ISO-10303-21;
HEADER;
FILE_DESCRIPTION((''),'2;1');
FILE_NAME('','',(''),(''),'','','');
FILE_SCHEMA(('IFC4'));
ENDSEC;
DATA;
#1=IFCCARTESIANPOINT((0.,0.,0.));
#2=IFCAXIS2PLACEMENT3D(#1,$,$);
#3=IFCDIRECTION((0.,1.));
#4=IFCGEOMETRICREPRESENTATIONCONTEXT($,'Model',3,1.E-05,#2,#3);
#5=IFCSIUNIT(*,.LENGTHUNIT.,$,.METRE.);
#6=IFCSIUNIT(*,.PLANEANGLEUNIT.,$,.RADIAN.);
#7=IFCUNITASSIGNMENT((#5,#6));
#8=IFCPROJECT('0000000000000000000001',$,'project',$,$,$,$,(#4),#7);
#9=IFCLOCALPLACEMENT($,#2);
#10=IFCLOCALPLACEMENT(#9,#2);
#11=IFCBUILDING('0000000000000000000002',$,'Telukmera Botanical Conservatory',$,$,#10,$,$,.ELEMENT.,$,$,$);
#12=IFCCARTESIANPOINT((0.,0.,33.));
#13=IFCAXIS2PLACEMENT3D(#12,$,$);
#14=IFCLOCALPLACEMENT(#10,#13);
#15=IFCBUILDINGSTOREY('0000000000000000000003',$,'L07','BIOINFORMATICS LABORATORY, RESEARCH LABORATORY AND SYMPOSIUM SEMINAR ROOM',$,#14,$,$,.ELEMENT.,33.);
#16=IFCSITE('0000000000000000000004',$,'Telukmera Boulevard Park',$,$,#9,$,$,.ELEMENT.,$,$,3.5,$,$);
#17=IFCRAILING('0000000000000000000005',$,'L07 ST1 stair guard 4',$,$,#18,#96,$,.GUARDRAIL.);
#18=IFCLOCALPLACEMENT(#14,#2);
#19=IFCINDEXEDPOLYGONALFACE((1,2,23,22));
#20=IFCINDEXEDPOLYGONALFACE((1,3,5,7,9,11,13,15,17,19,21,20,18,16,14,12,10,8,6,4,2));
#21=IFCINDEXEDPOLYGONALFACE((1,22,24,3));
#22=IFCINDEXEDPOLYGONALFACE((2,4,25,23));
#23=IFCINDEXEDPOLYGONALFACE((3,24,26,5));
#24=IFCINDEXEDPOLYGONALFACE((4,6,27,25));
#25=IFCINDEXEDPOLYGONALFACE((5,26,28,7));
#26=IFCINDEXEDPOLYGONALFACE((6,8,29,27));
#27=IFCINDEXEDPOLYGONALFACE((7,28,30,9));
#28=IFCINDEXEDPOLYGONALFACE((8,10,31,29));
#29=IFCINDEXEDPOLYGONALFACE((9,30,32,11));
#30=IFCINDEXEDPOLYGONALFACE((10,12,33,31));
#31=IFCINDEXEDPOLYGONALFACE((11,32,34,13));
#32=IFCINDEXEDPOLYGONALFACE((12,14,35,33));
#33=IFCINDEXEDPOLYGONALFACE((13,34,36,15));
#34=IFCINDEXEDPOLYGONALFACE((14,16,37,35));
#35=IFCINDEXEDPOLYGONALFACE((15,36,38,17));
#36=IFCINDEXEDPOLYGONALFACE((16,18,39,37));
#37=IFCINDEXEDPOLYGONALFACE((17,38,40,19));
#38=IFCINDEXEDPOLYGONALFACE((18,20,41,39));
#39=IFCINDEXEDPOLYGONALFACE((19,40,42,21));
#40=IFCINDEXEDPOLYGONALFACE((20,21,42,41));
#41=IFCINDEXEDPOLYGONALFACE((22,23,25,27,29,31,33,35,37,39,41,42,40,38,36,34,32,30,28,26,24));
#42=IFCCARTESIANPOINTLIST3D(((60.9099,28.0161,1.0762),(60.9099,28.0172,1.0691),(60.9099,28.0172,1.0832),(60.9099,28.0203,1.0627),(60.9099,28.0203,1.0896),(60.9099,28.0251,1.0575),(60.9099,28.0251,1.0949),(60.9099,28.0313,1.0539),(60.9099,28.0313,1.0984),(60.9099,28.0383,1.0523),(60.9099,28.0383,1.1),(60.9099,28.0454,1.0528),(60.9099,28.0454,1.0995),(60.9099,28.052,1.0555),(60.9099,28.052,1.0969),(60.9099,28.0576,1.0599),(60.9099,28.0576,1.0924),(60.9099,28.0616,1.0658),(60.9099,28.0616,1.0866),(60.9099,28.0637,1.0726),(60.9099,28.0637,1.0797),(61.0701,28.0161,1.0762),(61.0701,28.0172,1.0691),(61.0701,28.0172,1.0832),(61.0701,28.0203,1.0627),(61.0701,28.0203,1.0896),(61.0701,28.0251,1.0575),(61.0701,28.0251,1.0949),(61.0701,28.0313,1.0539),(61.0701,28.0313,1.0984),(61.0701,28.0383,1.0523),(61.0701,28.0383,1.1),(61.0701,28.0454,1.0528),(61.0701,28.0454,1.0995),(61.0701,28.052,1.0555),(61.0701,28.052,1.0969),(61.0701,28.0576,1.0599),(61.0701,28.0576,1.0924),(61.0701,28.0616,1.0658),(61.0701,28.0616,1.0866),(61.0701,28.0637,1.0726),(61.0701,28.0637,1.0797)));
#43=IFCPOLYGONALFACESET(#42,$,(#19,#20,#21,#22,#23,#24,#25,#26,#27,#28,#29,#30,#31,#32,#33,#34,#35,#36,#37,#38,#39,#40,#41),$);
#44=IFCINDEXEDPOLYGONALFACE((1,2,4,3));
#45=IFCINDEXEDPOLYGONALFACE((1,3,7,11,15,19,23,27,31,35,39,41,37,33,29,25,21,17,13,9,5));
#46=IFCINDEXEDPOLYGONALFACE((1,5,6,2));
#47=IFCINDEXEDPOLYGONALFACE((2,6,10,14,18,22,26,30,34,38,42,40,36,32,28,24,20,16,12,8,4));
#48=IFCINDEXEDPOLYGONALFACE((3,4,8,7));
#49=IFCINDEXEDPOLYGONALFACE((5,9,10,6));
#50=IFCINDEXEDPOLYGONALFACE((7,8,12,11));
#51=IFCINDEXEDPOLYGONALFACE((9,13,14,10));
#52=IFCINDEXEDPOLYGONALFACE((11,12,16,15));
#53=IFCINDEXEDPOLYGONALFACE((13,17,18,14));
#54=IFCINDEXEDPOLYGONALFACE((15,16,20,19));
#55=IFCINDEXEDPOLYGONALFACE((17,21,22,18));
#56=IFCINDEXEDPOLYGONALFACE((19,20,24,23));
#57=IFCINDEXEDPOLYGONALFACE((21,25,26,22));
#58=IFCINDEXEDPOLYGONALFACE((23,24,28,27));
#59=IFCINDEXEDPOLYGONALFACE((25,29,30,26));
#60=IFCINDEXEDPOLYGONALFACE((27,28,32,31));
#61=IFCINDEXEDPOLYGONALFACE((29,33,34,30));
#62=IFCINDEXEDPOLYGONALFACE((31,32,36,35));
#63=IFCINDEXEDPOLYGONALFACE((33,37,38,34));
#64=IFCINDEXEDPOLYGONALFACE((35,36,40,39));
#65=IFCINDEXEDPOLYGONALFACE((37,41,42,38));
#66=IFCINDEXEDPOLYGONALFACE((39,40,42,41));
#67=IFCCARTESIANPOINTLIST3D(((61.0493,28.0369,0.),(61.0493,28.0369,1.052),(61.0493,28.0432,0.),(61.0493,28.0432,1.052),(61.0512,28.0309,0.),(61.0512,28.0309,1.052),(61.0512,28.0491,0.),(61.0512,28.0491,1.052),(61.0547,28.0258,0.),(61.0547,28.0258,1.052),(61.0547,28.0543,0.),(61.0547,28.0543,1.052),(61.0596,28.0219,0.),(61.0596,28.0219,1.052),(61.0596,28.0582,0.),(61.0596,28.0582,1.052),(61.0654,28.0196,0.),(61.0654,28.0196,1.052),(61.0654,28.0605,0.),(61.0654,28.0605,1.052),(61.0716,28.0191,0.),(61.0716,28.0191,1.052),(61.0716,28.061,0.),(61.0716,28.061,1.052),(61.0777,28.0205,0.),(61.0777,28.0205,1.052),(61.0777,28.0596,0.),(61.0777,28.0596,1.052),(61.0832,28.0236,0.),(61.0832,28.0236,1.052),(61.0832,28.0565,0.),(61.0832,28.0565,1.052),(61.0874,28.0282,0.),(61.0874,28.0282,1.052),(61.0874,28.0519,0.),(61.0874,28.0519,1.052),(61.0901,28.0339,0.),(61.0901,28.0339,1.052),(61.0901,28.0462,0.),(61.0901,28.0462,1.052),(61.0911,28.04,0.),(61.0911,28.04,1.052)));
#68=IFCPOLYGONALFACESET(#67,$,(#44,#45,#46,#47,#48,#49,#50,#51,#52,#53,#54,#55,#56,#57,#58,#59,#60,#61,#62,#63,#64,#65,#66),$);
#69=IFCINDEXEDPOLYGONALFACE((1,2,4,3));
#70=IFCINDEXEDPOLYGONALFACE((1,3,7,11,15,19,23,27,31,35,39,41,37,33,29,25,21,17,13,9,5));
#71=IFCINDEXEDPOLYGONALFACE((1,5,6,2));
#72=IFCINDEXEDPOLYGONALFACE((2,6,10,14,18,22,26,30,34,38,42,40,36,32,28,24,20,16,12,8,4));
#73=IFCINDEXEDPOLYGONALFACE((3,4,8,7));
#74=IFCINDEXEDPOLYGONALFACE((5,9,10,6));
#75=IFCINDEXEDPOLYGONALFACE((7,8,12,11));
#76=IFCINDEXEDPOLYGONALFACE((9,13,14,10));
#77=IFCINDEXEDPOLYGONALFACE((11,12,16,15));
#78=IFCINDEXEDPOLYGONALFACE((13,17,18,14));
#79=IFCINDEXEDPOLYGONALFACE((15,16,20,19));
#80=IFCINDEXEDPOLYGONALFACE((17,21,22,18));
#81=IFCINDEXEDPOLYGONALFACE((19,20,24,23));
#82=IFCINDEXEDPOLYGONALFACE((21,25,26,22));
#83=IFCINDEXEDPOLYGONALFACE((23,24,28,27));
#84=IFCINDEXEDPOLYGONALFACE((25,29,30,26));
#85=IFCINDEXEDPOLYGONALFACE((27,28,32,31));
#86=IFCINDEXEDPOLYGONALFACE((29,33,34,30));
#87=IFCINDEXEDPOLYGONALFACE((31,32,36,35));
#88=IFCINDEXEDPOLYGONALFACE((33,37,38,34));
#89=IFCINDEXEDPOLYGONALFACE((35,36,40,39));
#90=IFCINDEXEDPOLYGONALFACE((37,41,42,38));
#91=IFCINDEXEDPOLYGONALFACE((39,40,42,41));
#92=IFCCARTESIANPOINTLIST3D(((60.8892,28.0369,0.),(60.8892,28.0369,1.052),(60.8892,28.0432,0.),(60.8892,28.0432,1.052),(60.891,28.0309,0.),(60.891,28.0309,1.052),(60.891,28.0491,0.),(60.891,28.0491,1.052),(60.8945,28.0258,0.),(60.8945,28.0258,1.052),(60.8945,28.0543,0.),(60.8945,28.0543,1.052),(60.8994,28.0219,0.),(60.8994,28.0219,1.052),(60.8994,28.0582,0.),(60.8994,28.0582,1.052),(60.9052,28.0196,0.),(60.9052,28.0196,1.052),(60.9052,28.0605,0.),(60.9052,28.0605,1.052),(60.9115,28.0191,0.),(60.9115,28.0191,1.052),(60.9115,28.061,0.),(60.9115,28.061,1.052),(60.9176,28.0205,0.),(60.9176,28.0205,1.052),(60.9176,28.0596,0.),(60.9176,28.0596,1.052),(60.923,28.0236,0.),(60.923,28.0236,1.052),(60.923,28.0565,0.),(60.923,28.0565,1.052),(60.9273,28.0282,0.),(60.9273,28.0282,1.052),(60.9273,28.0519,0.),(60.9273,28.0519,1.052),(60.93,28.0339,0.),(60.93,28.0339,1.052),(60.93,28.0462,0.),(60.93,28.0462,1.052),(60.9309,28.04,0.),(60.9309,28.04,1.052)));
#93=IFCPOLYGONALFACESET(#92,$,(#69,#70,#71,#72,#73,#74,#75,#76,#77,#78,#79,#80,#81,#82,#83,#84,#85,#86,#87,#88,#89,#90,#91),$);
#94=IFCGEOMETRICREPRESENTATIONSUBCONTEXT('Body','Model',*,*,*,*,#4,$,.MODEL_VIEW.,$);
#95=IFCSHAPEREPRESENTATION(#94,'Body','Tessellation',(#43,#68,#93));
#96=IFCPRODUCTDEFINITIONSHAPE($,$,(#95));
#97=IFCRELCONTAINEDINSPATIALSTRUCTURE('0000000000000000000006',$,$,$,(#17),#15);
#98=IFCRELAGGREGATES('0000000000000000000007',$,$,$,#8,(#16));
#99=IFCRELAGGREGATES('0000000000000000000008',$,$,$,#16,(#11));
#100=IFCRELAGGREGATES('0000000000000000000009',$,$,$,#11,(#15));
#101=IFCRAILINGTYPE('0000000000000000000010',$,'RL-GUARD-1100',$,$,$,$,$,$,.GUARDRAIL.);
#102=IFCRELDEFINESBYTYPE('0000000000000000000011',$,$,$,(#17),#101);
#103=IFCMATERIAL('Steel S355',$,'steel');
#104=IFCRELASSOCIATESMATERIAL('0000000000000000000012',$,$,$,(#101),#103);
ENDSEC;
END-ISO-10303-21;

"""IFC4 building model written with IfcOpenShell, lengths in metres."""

from ifc_helpers import new_model, si_unit, direction, frame, origin, origin_2d, place, context, subcontext, project, spatial, circle, extrude, material, type_object, element, save


model = new_model("IFC4")

# Units and contexts
model_context = context("Model", 3, precision=1e-05, world=origin(), true_north=direction((0.0, 1.0)))
body_context = subcontext(model_context, "Body", "Model", "MODEL_VIEW")
ifc_project = project(units=[si_unit("LENGTHUNIT", "METRE"), si_unit("PLANEANGLEUNIT", "RADIAN")], contexts=[model_context])

# Site, building, storey
site_placement = place(None, origin())
site = spatial("IfcSite", under=ifc_project, at=site_placement, Name="Telukmera Boulevard Park", CompositionType="ELEMENT", RefElevation=3.5)
building_placement = place(site_placement, origin())
building = spatial("IfcBuilding", under=site, at=building_placement, Name="Telukmera Botanical Conservatory", CompositionType="ELEMENT")
storey_placement = place(building_placement, frame((0.0, 0.0, 33.0)))
storey = spatial("IfcBuildingStorey", under=building, at=storey_placement, Name="L07", Description="BIOINFORMATICS LABORATORY, RESEARCH LABORATORY AND SYMPOSIUM SEMINAR ROOM", CompositionType="ELEMENT", Elevation=33.0)

# Railing
ifc_material_1 = material(Name="Steel S355", Category="steel")
railing_type_1 = type_object("IfcRailingType", Name="RL-GUARD-1100", PredefinedType="GUARDRAIL", material=ifc_material_1)
railing_1_placement = place(storey_placement, frame((61.0701, 28.04, 0.0)))
element("IfcRailing", 1, at=railing_1_placement, inside=storey, type_object=railing_type_1, Name="L07 ST1 stair guard 4", PredefinedType="GUARDRAIL", context=body_context, shape_type="SweptSolid", body=[
    extrude(circle(Radius=0.0239, at=origin_2d()), frame((0.0, 0.0, 1.0762), z_axis=(-1.0, 0.0, 0.0), x_axis=(0.0, -1.0, 0.0)), (0.0, 0.0, 1.0), 0.1602),
    extrude(circle(Radius=0.021, at=origin_2d()), origin(), (0.0, 0.0, 1.0), 1.052),
    extrude(circle(Radius=0.021, at=origin_2d()), frame((-0.1602, 0.0, 0.0)), (0.0, 0.0, 1.0), 1.052),
])

save(model, "model.ifc")
